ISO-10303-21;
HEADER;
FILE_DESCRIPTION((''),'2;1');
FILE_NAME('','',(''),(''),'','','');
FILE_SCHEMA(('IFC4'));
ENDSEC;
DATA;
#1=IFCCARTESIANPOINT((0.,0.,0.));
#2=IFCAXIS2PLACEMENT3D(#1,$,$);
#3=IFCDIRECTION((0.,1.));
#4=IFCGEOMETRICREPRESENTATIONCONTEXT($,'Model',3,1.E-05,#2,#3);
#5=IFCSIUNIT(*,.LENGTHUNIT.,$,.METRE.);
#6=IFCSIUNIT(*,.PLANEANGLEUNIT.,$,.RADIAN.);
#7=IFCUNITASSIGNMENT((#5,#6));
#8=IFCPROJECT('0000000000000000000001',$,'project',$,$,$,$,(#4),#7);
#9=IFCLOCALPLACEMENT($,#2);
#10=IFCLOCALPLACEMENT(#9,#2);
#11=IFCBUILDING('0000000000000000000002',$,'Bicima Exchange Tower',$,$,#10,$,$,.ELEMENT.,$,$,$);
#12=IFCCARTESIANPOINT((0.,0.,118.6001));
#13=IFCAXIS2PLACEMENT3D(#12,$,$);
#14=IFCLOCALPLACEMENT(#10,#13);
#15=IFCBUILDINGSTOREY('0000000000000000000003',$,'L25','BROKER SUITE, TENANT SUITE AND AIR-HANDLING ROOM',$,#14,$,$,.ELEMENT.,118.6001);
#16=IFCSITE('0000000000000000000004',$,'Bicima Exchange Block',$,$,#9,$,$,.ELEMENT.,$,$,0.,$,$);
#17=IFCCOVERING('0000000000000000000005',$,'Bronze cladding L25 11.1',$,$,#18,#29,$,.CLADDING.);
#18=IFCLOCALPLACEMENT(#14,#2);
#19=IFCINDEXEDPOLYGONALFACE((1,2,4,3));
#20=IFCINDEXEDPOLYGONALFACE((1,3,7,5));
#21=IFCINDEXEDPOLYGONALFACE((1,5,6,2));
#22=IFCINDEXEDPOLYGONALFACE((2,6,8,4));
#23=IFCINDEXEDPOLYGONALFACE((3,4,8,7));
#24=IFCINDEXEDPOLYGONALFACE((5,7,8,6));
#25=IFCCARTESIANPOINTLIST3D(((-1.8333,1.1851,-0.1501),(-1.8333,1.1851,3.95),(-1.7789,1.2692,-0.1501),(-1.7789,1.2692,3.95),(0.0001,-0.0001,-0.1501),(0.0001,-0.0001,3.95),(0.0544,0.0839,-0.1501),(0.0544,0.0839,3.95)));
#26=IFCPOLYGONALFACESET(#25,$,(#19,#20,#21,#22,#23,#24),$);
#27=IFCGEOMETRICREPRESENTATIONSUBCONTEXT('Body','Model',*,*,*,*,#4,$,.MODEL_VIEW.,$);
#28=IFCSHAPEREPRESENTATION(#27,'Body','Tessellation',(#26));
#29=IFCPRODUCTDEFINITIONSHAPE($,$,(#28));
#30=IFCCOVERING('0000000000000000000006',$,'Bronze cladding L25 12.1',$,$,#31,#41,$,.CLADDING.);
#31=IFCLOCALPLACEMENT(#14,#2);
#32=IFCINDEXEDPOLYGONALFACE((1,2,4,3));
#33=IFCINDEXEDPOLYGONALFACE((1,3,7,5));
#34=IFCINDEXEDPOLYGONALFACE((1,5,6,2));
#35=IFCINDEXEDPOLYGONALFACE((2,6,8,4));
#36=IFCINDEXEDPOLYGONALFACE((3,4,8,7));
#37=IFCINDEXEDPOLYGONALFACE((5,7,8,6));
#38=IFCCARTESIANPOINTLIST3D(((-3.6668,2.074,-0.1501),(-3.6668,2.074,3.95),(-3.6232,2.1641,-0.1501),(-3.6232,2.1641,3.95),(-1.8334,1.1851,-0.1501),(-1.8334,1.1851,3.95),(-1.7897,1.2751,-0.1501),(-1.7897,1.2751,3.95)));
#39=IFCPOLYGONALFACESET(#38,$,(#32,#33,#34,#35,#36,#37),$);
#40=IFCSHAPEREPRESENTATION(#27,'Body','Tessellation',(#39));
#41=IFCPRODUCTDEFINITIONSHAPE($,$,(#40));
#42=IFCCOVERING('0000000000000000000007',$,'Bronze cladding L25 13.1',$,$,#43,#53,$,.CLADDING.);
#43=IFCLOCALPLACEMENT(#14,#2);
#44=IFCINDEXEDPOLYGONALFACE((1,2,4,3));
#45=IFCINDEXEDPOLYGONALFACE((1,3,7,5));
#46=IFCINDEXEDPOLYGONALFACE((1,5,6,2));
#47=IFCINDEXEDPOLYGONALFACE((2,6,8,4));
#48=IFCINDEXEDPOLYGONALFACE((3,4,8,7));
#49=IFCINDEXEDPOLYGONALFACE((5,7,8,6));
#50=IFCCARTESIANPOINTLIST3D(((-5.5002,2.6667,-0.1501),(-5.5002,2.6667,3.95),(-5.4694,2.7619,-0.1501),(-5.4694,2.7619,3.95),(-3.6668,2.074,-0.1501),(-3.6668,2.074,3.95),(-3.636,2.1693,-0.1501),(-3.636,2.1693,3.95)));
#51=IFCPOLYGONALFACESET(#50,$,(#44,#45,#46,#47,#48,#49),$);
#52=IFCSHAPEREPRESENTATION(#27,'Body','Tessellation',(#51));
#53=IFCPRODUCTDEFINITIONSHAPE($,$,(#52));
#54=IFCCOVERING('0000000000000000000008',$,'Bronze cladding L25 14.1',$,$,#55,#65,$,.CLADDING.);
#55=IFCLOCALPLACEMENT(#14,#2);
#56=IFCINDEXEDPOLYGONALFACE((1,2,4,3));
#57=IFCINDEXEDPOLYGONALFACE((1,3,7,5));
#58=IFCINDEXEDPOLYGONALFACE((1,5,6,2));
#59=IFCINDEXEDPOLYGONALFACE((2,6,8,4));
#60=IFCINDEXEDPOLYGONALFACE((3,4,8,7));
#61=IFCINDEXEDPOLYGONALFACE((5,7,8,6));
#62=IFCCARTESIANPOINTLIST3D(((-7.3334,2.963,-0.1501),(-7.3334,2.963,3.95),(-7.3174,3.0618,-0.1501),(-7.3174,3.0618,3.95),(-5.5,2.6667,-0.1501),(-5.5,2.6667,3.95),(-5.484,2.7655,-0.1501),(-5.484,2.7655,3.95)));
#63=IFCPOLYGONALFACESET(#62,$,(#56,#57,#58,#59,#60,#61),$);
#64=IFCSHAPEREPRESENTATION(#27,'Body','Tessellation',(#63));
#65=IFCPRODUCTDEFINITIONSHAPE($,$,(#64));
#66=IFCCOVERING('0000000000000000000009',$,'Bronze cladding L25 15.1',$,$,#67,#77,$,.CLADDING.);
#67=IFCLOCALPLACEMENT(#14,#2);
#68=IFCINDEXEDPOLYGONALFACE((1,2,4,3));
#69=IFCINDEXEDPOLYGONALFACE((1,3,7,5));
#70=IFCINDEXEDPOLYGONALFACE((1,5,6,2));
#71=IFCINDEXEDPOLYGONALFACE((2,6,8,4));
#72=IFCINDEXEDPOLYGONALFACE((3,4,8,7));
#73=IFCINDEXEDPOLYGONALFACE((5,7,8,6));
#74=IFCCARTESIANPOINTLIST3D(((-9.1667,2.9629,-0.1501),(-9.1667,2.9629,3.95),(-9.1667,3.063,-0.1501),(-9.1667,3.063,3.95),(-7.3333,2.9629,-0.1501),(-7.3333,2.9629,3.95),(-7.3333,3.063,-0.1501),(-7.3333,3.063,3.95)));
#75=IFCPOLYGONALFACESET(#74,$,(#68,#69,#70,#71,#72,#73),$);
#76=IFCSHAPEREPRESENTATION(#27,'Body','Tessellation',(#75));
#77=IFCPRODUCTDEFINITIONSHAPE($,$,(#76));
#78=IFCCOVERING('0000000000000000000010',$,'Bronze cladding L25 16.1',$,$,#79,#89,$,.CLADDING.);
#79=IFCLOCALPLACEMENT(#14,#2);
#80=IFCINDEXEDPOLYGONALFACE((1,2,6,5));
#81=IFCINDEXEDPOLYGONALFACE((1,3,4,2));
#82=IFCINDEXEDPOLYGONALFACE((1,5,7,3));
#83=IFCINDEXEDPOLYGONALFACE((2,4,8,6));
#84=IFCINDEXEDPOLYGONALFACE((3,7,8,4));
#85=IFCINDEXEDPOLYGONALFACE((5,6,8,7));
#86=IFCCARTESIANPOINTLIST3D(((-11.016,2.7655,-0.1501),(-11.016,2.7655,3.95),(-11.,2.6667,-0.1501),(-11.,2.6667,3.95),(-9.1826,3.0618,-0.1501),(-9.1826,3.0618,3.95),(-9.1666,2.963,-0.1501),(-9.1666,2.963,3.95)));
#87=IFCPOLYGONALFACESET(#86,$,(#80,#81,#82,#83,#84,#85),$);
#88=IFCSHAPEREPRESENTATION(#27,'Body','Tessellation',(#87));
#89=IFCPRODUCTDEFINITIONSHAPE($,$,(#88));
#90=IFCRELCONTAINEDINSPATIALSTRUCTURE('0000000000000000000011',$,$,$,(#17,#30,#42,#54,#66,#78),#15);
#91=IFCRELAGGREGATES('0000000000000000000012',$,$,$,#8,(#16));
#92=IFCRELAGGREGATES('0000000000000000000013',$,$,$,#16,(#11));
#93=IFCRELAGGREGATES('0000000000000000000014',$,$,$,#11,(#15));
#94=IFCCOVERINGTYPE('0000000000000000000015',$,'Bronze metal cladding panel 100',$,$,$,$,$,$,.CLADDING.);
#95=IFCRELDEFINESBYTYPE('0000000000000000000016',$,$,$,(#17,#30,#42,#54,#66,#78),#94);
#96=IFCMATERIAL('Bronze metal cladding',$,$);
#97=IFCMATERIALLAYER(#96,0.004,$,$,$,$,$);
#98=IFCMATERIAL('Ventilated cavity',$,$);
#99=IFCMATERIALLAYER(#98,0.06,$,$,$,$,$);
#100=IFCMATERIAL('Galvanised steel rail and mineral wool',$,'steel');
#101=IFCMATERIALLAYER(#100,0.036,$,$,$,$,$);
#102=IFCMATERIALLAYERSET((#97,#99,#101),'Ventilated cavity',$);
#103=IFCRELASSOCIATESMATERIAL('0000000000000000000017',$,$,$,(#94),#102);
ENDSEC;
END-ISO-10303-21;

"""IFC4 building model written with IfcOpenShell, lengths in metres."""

from ifc_helpers import new_model, si_unit, direction, frame, origin, origin_2d, place, context, subcontext, project, spatial, rectangle, extrude, material, layer, layer_set, type_object, element, save


model = new_model("IFC4")

# Units and contexts
model_context = context("Model", 3, precision=1e-05, world=origin(), true_north=direction((0.0, 1.0)))
body_context = subcontext(model_context, "Body", "Model", "MODEL_VIEW")
ifc_project = project(units=[si_unit("LENGTHUNIT", "METRE"), si_unit("PLANEANGLEUNIT", "RADIAN")], contexts=[model_context])

# Site, building, storey
site_placement = place(None, origin())
site = spatial("IfcSite", under=ifc_project, at=site_placement, Name="Bicima Exchange Block", CompositionType="ELEMENT", RefElevation=0.0)
building_placement = place(site_placement, origin())
building = spatial("IfcBuilding", under=site, at=building_placement, Name="Bicima Exchange Tower", CompositionType="ELEMENT")
storey_placement = place(building_placement, frame((0.0, 0.0, 118.6001)))
storey = spatial("IfcBuildingStorey", under=building, at=storey_placement, Name="L25", Description="BROKER SUITE, TENANT SUITE AND AIR-HANDLING ROOM", CompositionType="ELEMENT", Elevation=118.6001)

# Coverings
ifc_material_1 = material(Name="Bronze metal cladding")
ifc_layer_1 = layer(ifc_material_1, 0.004)
ifc_material_2 = material(Name="Ventilated cavity")
ifc_layer_2 = layer(ifc_material_2, 0.06)
ifc_material_3 = material(Name="Galvanised steel rail and mineral wool", Category="steel")
ifc_layer_3 = layer(ifc_material_3, 0.036)
ifc_layer_set_1 = layer_set([ifc_layer_1, ifc_layer_2, ifc_layer_3], Name="Ventilated cavity")
covering_type = type_object("IfcCoveringType", Name="Bronze metal cladding panel 100", PredefinedType="CLADDING", material=ifc_layer_set_1)
covering_1_placement = place(storey_placement, frame((-0.8894, 0.6345, -0.1501), z_axis=(0.0, 0.0, 1.0), x_axis=(-0.83979, 0.542911, 0.0)))
element("IfcCovering", 1, at=covering_1_placement, inside=storey, type_object=covering_type, Name="Bronze cladding L25 11.1", PredefinedType="CLADDING", context=body_context, shape_type="SweptSolid", body=[
    extrude(rectangle(XDim=2.1831, YDim=0.1001, at=origin_2d()), origin(), (0.0, 0.0, 1.0), 4.1001),
])
covering_2_placement = place(storey_placement, frame((-2.7283, 1.6746, -0.1501), z_axis=(0.0, 0.0, 1.0), x_axis=(-0.899818, 0.436265, 0.0)))
element("IfcCovering", 2, at=covering_2_placement, inside=storey, type_object=covering_type, Name="Bronze cladding L25 12.1", PredefinedType="CLADDING", context=body_context, shape_type="SweptSolid", body=[
    extrude(rectangle(XDim=2.0376, YDim=0.1001, at=origin_2d()), origin(), (0.0, 0.0, 1.0), 4.1001),
])
covering_3_placement = place(storey_placement, frame((-4.5681, 2.418, -0.1501), z_axis=(0.0, 0.0, 1.0), x_axis=(-0.951525, 0.307573, 0.0)))
element("IfcCovering", 3, at=covering_3_placement, inside=storey, type_object=covering_type, Name="Bronze cladding L25 13.1", PredefinedType="CLADDING", context=body_context, shape_type="SweptSolid", body=[
    extrude(rectangle(XDim=1.9268, YDim=0.1001, at=origin_2d()), origin(), (0.0, 0.0, 1.0), 4.1001),
])
covering_4_placement = place(storey_placement, frame((-6.4087, 2.8643, -0.1501), z_axis=(0.0, 0.0, 1.0), x_axis=(-0.98719, 0.15955, 0.0)))
element("IfcCovering", 4, at=covering_4_placement, inside=storey, type_object=covering_type, Name="Bronze cladding L25 14.1", PredefinedType="CLADDING", context=body_context, shape_type="SweptSolid", body=[
    extrude(rectangle(XDim=1.8572, YDim=0.1001, at=origin_2d()), origin(), (0.0, 0.0, 1.0), 4.1001),
])
covering_5_placement = place(storey_placement, frame((-8.25, 3.0129, -0.1501), z_axis=(0.0, 0.0, 1.0), x_axis=(-1.0, 0.0, 0.0)))
element("IfcCovering", 5, at=covering_5_placement, inside=storey, type_object=covering_type, Name="Bronze cladding L25 15.1", PredefinedType="CLADDING", context=body_context, shape_type="SweptSolid", body=[
    extrude(rectangle(XDim=1.8335, YDim=0.1001, at=origin_2d()), origin(), (0.0, 0.0, 1.0), 4.1001),
])
covering_6_placement = place(storey_placement, frame((-10.0913, 2.8643, -0.1501), z_axis=(0.0, 0.0, 1.0), x_axis=(-0.98719, -0.15955, 0.0)))
element("IfcCovering", 6, at=covering_6_placement, inside=storey, type_object=covering_type, Name="Bronze cladding L25 16.1", PredefinedType="CLADDING", context=body_context, shape_type="SweptSolid", body=[
    extrude(rectangle(XDim=1.8572, YDim=0.1001, at=origin_2d()), origin(), (0.0, 0.0, 1.0), 4.1001),
])

save(model, "model.ifc")
